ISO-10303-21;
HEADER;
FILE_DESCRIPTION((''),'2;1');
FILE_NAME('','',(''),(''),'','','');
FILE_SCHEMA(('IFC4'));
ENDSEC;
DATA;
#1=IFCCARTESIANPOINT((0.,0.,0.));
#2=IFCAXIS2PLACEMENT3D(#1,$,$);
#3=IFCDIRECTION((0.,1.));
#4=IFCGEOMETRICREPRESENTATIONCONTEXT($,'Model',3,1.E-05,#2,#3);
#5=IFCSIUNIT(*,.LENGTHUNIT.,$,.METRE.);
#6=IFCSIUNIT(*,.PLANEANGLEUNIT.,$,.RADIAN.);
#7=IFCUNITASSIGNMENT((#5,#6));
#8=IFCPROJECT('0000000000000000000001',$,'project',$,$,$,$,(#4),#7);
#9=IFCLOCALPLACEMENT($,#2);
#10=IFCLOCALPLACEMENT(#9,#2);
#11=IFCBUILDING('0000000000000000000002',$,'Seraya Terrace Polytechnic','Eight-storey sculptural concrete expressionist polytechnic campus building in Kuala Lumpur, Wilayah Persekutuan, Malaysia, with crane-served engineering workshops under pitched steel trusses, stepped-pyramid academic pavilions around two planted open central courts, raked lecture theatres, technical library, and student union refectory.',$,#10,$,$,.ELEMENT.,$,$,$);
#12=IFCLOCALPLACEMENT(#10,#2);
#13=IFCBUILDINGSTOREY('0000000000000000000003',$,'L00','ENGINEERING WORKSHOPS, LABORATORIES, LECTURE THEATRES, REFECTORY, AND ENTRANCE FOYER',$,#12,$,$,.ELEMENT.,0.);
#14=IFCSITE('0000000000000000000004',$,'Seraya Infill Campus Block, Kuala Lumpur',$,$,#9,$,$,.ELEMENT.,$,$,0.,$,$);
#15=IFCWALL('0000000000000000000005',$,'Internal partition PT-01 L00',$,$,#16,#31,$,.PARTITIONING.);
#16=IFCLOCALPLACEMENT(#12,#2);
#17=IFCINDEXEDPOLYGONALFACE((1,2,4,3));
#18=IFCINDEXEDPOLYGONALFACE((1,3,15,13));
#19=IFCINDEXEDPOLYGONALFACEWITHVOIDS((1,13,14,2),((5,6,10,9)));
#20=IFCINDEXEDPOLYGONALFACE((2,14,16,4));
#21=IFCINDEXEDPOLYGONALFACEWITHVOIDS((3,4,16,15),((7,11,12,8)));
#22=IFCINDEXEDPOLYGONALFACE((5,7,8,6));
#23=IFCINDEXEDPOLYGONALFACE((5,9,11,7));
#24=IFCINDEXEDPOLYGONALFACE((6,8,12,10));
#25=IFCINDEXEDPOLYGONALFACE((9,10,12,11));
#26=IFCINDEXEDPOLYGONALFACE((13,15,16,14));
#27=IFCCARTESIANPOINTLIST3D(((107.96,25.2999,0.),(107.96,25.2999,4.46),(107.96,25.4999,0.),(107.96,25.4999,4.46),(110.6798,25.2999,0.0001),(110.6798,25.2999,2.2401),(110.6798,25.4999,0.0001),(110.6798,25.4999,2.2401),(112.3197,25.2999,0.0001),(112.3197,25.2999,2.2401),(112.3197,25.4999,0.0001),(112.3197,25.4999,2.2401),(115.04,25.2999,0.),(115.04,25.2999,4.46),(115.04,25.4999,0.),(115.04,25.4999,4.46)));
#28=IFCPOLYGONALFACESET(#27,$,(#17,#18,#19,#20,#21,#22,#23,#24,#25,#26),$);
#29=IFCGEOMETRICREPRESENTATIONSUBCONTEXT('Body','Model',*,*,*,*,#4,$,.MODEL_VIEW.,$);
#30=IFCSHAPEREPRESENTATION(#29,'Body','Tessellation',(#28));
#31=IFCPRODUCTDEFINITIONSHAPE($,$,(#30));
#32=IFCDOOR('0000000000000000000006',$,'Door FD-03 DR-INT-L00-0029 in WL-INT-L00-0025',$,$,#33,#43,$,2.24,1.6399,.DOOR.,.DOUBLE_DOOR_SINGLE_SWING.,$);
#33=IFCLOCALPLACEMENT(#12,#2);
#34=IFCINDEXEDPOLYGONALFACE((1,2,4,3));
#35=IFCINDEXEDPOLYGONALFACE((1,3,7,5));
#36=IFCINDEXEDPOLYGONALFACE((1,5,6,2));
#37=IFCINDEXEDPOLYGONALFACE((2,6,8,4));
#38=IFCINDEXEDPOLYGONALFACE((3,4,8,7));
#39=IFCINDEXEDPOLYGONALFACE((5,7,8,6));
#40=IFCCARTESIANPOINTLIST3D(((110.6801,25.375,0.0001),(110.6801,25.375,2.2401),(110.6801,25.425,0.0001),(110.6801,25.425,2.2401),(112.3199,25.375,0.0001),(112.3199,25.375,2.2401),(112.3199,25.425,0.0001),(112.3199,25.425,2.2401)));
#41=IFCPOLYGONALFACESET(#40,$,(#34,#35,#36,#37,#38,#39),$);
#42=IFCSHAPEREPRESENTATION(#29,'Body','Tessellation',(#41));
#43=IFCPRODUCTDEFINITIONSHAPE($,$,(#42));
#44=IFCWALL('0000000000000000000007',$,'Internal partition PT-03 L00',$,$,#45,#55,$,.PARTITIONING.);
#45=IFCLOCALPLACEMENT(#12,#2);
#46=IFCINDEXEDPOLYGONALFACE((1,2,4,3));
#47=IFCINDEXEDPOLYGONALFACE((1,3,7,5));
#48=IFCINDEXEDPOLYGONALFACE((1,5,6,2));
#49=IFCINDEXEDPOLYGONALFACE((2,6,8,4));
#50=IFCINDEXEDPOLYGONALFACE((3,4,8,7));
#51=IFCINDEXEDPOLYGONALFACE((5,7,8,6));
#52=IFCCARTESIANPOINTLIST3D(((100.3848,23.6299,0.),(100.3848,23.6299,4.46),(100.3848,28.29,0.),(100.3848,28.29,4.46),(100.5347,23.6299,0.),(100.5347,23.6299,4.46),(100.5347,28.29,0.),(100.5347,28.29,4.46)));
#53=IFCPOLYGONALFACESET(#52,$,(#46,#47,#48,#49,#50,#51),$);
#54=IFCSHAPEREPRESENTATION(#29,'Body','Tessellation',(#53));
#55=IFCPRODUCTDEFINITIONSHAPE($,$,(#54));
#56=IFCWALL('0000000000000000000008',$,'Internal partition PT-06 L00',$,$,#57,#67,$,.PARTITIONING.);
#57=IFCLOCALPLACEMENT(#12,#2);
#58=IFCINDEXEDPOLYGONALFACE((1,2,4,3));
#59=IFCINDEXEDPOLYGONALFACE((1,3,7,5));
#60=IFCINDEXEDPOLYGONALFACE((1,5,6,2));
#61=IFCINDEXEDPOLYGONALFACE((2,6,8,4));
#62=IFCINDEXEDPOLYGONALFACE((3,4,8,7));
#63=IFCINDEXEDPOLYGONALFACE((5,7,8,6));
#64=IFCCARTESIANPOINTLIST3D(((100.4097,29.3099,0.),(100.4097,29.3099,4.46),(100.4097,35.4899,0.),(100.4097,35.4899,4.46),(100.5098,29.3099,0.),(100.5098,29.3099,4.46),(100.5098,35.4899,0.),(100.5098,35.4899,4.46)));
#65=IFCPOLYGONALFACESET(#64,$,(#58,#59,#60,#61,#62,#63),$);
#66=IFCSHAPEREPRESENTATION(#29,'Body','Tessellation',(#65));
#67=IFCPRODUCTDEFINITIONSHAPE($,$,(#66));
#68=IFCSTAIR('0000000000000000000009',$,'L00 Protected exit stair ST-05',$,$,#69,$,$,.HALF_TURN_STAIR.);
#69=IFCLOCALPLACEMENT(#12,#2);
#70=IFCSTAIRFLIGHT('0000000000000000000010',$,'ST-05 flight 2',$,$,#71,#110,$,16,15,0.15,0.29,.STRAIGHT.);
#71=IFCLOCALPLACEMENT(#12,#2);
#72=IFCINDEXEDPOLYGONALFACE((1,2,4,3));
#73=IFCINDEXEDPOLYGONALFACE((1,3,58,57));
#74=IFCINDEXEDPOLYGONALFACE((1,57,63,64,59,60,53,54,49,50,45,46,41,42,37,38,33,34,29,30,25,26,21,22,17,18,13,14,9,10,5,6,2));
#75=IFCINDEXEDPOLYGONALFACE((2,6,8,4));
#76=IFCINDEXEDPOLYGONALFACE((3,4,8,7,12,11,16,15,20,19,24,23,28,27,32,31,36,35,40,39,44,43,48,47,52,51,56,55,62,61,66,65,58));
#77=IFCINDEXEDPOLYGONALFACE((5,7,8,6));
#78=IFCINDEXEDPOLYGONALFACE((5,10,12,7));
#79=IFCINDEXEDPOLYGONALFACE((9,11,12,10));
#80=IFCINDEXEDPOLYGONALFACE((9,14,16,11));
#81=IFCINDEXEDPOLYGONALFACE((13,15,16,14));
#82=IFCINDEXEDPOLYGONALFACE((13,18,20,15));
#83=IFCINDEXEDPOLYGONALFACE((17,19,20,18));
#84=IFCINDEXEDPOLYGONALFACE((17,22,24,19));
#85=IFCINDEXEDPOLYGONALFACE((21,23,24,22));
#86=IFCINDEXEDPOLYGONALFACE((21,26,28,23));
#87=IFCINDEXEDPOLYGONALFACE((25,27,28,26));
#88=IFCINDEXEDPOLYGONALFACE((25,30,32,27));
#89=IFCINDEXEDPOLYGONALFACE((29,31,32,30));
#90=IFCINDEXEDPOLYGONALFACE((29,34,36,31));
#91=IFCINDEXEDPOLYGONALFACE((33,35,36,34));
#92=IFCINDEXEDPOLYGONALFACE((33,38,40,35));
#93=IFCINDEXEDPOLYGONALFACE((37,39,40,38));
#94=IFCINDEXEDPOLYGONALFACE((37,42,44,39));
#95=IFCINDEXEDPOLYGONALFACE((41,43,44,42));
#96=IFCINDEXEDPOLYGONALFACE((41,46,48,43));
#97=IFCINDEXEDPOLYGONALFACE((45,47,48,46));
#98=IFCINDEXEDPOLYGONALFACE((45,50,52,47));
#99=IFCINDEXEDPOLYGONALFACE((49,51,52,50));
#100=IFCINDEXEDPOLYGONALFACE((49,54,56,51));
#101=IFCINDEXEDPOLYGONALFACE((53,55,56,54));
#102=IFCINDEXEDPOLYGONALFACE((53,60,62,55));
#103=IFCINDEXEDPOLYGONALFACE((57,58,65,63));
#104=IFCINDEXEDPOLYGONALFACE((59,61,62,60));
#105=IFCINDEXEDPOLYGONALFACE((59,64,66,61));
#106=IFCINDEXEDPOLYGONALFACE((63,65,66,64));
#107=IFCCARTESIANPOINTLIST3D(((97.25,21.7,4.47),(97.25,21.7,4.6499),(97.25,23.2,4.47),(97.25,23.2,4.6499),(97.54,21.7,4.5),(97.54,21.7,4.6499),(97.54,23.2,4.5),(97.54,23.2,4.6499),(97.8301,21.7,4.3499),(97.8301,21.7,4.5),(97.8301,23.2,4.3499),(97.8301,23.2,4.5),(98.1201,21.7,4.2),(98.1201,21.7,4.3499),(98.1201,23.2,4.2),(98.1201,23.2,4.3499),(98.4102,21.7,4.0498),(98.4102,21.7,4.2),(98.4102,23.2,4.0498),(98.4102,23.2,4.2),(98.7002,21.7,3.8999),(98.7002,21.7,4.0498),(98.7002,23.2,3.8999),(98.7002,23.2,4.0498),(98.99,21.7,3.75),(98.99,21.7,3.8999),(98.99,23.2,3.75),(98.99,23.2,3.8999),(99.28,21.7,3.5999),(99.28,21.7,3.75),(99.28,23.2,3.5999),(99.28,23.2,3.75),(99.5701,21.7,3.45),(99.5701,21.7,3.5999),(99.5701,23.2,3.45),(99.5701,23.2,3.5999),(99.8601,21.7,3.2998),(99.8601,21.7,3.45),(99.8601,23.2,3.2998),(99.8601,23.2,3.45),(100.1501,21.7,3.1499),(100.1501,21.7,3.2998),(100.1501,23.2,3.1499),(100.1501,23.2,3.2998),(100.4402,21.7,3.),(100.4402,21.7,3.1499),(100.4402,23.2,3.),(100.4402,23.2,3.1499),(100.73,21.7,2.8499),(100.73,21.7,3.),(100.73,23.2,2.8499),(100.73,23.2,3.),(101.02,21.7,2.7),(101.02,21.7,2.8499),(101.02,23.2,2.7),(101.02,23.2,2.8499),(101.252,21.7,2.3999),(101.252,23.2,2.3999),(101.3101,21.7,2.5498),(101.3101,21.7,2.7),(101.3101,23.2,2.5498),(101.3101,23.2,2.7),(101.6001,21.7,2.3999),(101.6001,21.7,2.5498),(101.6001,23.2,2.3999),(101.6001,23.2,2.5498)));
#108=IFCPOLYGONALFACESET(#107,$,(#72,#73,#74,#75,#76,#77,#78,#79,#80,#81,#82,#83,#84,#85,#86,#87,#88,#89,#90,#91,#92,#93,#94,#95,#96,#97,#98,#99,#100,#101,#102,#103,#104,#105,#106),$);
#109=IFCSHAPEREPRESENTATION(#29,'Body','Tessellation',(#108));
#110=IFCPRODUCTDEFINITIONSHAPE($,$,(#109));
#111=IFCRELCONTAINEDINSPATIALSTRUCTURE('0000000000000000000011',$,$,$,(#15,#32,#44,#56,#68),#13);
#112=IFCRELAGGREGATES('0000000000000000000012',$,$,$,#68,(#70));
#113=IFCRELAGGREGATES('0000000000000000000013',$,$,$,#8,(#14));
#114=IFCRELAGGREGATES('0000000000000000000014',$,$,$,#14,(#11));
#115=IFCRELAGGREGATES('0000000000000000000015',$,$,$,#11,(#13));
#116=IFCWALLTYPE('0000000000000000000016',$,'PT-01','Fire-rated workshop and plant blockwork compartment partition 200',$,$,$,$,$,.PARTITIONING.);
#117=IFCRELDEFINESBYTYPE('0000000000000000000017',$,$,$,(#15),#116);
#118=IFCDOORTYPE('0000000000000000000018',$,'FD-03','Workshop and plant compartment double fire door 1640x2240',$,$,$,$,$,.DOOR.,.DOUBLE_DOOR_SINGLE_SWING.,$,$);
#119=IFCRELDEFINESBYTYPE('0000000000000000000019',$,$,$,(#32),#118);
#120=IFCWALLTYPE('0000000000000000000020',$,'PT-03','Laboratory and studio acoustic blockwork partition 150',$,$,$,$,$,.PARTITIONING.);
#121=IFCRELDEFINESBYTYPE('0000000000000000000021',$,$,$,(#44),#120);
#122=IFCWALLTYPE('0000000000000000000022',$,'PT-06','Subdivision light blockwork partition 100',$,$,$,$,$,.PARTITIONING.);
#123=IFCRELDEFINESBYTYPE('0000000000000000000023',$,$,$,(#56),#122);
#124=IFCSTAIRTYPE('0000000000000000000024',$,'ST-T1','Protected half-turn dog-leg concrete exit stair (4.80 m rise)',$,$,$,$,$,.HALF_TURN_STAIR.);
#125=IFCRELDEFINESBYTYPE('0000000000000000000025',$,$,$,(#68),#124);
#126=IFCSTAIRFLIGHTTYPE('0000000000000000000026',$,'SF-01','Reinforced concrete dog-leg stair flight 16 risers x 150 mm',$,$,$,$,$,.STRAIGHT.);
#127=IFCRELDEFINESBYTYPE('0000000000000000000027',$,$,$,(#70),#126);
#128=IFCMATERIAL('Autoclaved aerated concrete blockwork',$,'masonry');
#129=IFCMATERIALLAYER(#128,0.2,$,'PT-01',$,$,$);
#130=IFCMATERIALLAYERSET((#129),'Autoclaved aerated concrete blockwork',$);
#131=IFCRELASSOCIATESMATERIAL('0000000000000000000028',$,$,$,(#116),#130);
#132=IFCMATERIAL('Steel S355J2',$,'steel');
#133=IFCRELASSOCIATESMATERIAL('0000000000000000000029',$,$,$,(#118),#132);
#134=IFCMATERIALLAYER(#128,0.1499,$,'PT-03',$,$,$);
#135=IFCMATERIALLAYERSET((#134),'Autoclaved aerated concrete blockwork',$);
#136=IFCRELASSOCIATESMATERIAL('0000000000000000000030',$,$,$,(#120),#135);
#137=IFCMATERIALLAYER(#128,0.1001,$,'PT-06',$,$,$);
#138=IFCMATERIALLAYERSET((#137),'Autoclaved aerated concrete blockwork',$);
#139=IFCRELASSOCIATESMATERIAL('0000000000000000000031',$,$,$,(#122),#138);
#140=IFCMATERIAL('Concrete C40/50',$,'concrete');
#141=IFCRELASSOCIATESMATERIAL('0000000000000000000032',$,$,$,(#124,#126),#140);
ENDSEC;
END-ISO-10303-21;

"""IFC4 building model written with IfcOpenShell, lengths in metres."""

from ifc_helpers import new_model, si_unit, direction, frame, frame_2d, origin, place, context, subcontext, project, spatial, polyline, rectangle, outline, extrude, material, layer, layer_set, type_object, element, fill, aggregate, save


model = new_model("IFC4")

# Units and contexts
model_context = context("Model", 3, precision=1e-05, world=origin(), true_north=direction((0.0, 1.0)))
body_context = subcontext(model_context, "Body", "Model", "MODEL_VIEW")
ifc_project = project(units=[si_unit("LENGTHUNIT", "METRE"), si_unit("PLANEANGLEUNIT", "RADIAN")], contexts=[model_context])

# Site, building, storey
site_placement = place(None, origin())
site = spatial("IfcSite", under=ifc_project, at=site_placement, Name="Seraya Infill Campus Block, Kuala Lumpur", CompositionType="ELEMENT", RefElevation=0.0)
building_placement = place(site_placement, origin())
building = spatial("IfcBuilding", under=site, at=building_placement, Name="Seraya Terrace Polytechnic", Description="Eight-storey sculptural concrete expressionist polytechnic campus building in Kuala Lumpur, Wilayah Persekutuan, Malaysia, with crane-served engineering workshops under pitched steel trusses, stepped-pyramid academic pavilions around two planted open central courts, raked lecture theatres, technical library, and student union refectory.", CompositionType="ELEMENT")
storey_placement = place(building_placement, origin())
storey = spatial("IfcBuildingStorey", under=building, at=storey_placement, Name="L00", Description="ENGINEERING WORKSHOPS, LABORATORIES, LECTURE THEATRES, REFECTORY, AND ENTRANCE FOYER", CompositionType="ELEMENT", Elevation=0.0)

# Shared definitions
ifc_material_1 = material(Name="Concrete C40/50", Category="concrete")

# Shared definitions
ifc_material_2 = material(Name="Autoclaved aerated concrete blockwork", Category="masonry")
ifc_layer_1 = layer(ifc_material_2, 0.2, Name="PT-01")
ifc_layer_set_1 = layer_set([ifc_layer_1], Name="Autoclaved aerated concrete blockwork")
wall_type_1 = type_object("IfcWallType", Name="PT-01", Description="Fire-rated workshop and plant blockwork compartment partition 200", PredefinedType="PARTITIONING", material=ifc_layer_set_1)

# Wall, opening, door
wall_1_placement = place(storey_placement, frame((107.96, 25.3999, 0.0), z_axis=(0.0, 0.0, 1.0), x_axis=(1.0, 0.0, 0.0)))
wall_1 = element("IfcWall", 1, at=wall_1_placement, inside=storey, type_object=wall_type_1, Name="Internal partition PT-01 L00", PredefinedType="PARTITIONING", context=body_context, shape_type="SweptSolid", body=[
    extrude(rectangle(XDim=7.0801, YDim=0.2, at=frame_2d((3.54, 0.0))), origin(), (0.0, 0.0, 1.0), 4.46),
])
opening_placement = place(wall_1_placement, frame((2.72, 0.0, 0.0)))
opening = element("IfcOpeningElement", 2, at=opening_placement, cuts=wall_1, PredefinedType="OPENING", context=body_context, shape_type="SweptSolid", body=[
    extrude(rectangle(XDim=1.6399, YDim=2.24, at=frame_2d((0.8198, 1.1201))), frame((0.0, 0.1118, 0.0), z_axis=(0.0, -1.0, 0.0), x_axis=(1.0, 0.0, 0.0)), (0.0, 0.0, 1.0), 0.2239),
])
ifc_material_3 = material(Name="Steel S355J2", Category="steel")
door_type = type_object("IfcDoorType", Name="FD-03", Description="Workshop and plant compartment double fire door 1640x2240", OperationType="DOUBLE_DOOR_SINGLE_SWING", PredefinedType="DOOR", material=ifc_material_3)
door_placement = place(opening_placement, frame((1.6399, 0.0, 0.0), z_axis=(0.0, 0.0, 1.0), x_axis=(-1.0, 0.0, 0.0)))
door = element("IfcDoor", 3, at=door_placement, inside=storey, type_object=door_type, Name="Door FD-03 DR-INT-L00-0029 in WL-INT-L00-0025", OperationType="DOUBLE_DOOR_SINGLE_SWING", OverallHeight=2.24, OverallWidth=1.6399, PredefinedType="DOOR", context=body_context, shape_type="SweptSolid", body=[
    extrude(rectangle(XDim=1.6399, YDim=2.24, at=frame_2d((0.8198, 1.1201))), frame((0.0, 0.0249, 0.0), z_axis=(0.0, -1.0, 0.0), x_axis=(1.0, 0.0, 0.0)), (0.0, 0.0, 1.0), 0.05),
])
fill(opening, door)

# Walls
ifc_layer_2 = layer(ifc_material_2, 0.1499, Name="PT-03")
ifc_layer_set_2 = layer_set([ifc_layer_2], Name="Autoclaved aerated concrete blockwork")
wall_type_2 = type_object("IfcWallType", Name="PT-03", Description="Laboratory and studio acoustic blockwork partition 150", PredefinedType="PARTITIONING", material=ifc_layer_set_2)
wall_2_placement = place(storey_placement, frame((100.4597, 23.6299, 0.0), z_axis=(0.0, 0.0, 1.0), x_axis=(0.0, 1.0, 0.0)))
element("IfcWall", 4, at=wall_2_placement, inside=storey, type_object=wall_type_2, Name="Internal partition PT-03 L00", PredefinedType="PARTITIONING", context=body_context, shape_type="SweptSolid", body=[
    extrude(rectangle(XDim=4.6602, YDim=0.1499, at=frame_2d((2.3301, 0.0))), origin(), (0.0, 0.0, 1.0), 4.46),
])
ifc_layer_3 = layer(ifc_material_2, 0.1001, Name="PT-06")
ifc_layer_set_3 = layer_set([ifc_layer_3], Name="Autoclaved aerated concrete blockwork")
wall_type_3 = type_object("IfcWallType", Name="PT-06", Description="Subdivision light blockwork partition 100", PredefinedType="PARTITIONING", material=ifc_layer_set_3)
wall_3_placement = place(storey_placement, frame((100.4597, 29.3101, 0.0), z_axis=(0.0, 0.0, 1.0), x_axis=(0.0, 1.0, 0.0)))
element("IfcWall", 5, at=wall_3_placement, inside=storey, type_object=wall_type_3, Name="Internal partition PT-06 L00", PredefinedType="PARTITIONING", context=body_context, shape_type="SweptSolid", body=[
    extrude(rectangle(XDim=6.1799, YDim=0.1001, at=frame_2d((3.0898, 0.0))), origin(), (0.0, 0.0, 1.0), 4.46),
])

# Stair, stair flight
stair_type = type_object("IfcStairType", Name="ST-T1", Description="Protected half-turn dog-leg concrete exit stair (4.80 m rise)", PredefinedType="HALF_TURN_STAIR", material=ifc_material_1)
stair_placement = place(storey_placement, origin())
stair = element("IfcStair", 6, at=stair_placement, inside=storey, type_object=stair_type, Name="L00 Protected exit stair ST-05", PredefinedType="HALF_TURN_STAIR")
stair_flight_type = type_object("IfcStairFlightType", Name="SF-01", Description="Reinforced concrete dog-leg stair flight 16 risers x 150 mm", PredefinedType="STRAIGHT", material=ifc_material_1)
stair_flight_placement = place(storey_placement, frame((101.6001, 22.45, 2.3999), z_axis=(0.0, 0.0, 1.0), x_axis=(-1.0, 0.0, 0.0)))
stair_flight = element("IfcStairFlight", 7, at=stair_flight_placement, type_object=stair_flight_type, Name="ST-05 flight 2", NumberOfRisers=16, NumberOfTreads=15, PredefinedType="STRAIGHT", RiserHeight=0.15, TreadLength=0.29, context=body_context, shape_type="SweptSolid", body=[
    extrude(outline(polyline([(0.0, 0.0), (0.0, 0.1499), (0.29, 0.1499), (0.29, 0.3), (0.5801, 0.3), (0.5801, 0.45), (0.8701, 0.45), (0.8701, 0.6001), (1.1599, 0.6001), (1.1599, 0.75), (1.45, 0.75), (1.45, 0.8999), (1.74, 0.8999), (1.74, 1.05), (2.03, 1.05), (2.03, 1.2), (2.3201, 1.2), (2.3201, 1.3501), (2.6101, 1.3501), (2.6101, 1.5), (2.8999, 1.5), (2.8999, 1.6499), (3.1899, 1.6499), (3.1899, 1.8), (3.48, 1.8), (3.48, 1.95), (3.77, 1.95), (3.77, 2.1001), (4.0601, 2.1001), (4.0601, 2.25), (4.3501, 2.25), (4.3501, 2.3999), (4.3501, 2.0701), (0.3481, 0.0), (0.0, 0.0)])), frame((0.0, 0.75, 0.0), z_axis=(0.0, -1.0, 0.0), x_axis=(1.0, 0.0, 0.0)), (0.0, 0.0, 1.0), 1.5),
])
aggregate(stair, [stair_flight])

save(model, "model.ifc")
